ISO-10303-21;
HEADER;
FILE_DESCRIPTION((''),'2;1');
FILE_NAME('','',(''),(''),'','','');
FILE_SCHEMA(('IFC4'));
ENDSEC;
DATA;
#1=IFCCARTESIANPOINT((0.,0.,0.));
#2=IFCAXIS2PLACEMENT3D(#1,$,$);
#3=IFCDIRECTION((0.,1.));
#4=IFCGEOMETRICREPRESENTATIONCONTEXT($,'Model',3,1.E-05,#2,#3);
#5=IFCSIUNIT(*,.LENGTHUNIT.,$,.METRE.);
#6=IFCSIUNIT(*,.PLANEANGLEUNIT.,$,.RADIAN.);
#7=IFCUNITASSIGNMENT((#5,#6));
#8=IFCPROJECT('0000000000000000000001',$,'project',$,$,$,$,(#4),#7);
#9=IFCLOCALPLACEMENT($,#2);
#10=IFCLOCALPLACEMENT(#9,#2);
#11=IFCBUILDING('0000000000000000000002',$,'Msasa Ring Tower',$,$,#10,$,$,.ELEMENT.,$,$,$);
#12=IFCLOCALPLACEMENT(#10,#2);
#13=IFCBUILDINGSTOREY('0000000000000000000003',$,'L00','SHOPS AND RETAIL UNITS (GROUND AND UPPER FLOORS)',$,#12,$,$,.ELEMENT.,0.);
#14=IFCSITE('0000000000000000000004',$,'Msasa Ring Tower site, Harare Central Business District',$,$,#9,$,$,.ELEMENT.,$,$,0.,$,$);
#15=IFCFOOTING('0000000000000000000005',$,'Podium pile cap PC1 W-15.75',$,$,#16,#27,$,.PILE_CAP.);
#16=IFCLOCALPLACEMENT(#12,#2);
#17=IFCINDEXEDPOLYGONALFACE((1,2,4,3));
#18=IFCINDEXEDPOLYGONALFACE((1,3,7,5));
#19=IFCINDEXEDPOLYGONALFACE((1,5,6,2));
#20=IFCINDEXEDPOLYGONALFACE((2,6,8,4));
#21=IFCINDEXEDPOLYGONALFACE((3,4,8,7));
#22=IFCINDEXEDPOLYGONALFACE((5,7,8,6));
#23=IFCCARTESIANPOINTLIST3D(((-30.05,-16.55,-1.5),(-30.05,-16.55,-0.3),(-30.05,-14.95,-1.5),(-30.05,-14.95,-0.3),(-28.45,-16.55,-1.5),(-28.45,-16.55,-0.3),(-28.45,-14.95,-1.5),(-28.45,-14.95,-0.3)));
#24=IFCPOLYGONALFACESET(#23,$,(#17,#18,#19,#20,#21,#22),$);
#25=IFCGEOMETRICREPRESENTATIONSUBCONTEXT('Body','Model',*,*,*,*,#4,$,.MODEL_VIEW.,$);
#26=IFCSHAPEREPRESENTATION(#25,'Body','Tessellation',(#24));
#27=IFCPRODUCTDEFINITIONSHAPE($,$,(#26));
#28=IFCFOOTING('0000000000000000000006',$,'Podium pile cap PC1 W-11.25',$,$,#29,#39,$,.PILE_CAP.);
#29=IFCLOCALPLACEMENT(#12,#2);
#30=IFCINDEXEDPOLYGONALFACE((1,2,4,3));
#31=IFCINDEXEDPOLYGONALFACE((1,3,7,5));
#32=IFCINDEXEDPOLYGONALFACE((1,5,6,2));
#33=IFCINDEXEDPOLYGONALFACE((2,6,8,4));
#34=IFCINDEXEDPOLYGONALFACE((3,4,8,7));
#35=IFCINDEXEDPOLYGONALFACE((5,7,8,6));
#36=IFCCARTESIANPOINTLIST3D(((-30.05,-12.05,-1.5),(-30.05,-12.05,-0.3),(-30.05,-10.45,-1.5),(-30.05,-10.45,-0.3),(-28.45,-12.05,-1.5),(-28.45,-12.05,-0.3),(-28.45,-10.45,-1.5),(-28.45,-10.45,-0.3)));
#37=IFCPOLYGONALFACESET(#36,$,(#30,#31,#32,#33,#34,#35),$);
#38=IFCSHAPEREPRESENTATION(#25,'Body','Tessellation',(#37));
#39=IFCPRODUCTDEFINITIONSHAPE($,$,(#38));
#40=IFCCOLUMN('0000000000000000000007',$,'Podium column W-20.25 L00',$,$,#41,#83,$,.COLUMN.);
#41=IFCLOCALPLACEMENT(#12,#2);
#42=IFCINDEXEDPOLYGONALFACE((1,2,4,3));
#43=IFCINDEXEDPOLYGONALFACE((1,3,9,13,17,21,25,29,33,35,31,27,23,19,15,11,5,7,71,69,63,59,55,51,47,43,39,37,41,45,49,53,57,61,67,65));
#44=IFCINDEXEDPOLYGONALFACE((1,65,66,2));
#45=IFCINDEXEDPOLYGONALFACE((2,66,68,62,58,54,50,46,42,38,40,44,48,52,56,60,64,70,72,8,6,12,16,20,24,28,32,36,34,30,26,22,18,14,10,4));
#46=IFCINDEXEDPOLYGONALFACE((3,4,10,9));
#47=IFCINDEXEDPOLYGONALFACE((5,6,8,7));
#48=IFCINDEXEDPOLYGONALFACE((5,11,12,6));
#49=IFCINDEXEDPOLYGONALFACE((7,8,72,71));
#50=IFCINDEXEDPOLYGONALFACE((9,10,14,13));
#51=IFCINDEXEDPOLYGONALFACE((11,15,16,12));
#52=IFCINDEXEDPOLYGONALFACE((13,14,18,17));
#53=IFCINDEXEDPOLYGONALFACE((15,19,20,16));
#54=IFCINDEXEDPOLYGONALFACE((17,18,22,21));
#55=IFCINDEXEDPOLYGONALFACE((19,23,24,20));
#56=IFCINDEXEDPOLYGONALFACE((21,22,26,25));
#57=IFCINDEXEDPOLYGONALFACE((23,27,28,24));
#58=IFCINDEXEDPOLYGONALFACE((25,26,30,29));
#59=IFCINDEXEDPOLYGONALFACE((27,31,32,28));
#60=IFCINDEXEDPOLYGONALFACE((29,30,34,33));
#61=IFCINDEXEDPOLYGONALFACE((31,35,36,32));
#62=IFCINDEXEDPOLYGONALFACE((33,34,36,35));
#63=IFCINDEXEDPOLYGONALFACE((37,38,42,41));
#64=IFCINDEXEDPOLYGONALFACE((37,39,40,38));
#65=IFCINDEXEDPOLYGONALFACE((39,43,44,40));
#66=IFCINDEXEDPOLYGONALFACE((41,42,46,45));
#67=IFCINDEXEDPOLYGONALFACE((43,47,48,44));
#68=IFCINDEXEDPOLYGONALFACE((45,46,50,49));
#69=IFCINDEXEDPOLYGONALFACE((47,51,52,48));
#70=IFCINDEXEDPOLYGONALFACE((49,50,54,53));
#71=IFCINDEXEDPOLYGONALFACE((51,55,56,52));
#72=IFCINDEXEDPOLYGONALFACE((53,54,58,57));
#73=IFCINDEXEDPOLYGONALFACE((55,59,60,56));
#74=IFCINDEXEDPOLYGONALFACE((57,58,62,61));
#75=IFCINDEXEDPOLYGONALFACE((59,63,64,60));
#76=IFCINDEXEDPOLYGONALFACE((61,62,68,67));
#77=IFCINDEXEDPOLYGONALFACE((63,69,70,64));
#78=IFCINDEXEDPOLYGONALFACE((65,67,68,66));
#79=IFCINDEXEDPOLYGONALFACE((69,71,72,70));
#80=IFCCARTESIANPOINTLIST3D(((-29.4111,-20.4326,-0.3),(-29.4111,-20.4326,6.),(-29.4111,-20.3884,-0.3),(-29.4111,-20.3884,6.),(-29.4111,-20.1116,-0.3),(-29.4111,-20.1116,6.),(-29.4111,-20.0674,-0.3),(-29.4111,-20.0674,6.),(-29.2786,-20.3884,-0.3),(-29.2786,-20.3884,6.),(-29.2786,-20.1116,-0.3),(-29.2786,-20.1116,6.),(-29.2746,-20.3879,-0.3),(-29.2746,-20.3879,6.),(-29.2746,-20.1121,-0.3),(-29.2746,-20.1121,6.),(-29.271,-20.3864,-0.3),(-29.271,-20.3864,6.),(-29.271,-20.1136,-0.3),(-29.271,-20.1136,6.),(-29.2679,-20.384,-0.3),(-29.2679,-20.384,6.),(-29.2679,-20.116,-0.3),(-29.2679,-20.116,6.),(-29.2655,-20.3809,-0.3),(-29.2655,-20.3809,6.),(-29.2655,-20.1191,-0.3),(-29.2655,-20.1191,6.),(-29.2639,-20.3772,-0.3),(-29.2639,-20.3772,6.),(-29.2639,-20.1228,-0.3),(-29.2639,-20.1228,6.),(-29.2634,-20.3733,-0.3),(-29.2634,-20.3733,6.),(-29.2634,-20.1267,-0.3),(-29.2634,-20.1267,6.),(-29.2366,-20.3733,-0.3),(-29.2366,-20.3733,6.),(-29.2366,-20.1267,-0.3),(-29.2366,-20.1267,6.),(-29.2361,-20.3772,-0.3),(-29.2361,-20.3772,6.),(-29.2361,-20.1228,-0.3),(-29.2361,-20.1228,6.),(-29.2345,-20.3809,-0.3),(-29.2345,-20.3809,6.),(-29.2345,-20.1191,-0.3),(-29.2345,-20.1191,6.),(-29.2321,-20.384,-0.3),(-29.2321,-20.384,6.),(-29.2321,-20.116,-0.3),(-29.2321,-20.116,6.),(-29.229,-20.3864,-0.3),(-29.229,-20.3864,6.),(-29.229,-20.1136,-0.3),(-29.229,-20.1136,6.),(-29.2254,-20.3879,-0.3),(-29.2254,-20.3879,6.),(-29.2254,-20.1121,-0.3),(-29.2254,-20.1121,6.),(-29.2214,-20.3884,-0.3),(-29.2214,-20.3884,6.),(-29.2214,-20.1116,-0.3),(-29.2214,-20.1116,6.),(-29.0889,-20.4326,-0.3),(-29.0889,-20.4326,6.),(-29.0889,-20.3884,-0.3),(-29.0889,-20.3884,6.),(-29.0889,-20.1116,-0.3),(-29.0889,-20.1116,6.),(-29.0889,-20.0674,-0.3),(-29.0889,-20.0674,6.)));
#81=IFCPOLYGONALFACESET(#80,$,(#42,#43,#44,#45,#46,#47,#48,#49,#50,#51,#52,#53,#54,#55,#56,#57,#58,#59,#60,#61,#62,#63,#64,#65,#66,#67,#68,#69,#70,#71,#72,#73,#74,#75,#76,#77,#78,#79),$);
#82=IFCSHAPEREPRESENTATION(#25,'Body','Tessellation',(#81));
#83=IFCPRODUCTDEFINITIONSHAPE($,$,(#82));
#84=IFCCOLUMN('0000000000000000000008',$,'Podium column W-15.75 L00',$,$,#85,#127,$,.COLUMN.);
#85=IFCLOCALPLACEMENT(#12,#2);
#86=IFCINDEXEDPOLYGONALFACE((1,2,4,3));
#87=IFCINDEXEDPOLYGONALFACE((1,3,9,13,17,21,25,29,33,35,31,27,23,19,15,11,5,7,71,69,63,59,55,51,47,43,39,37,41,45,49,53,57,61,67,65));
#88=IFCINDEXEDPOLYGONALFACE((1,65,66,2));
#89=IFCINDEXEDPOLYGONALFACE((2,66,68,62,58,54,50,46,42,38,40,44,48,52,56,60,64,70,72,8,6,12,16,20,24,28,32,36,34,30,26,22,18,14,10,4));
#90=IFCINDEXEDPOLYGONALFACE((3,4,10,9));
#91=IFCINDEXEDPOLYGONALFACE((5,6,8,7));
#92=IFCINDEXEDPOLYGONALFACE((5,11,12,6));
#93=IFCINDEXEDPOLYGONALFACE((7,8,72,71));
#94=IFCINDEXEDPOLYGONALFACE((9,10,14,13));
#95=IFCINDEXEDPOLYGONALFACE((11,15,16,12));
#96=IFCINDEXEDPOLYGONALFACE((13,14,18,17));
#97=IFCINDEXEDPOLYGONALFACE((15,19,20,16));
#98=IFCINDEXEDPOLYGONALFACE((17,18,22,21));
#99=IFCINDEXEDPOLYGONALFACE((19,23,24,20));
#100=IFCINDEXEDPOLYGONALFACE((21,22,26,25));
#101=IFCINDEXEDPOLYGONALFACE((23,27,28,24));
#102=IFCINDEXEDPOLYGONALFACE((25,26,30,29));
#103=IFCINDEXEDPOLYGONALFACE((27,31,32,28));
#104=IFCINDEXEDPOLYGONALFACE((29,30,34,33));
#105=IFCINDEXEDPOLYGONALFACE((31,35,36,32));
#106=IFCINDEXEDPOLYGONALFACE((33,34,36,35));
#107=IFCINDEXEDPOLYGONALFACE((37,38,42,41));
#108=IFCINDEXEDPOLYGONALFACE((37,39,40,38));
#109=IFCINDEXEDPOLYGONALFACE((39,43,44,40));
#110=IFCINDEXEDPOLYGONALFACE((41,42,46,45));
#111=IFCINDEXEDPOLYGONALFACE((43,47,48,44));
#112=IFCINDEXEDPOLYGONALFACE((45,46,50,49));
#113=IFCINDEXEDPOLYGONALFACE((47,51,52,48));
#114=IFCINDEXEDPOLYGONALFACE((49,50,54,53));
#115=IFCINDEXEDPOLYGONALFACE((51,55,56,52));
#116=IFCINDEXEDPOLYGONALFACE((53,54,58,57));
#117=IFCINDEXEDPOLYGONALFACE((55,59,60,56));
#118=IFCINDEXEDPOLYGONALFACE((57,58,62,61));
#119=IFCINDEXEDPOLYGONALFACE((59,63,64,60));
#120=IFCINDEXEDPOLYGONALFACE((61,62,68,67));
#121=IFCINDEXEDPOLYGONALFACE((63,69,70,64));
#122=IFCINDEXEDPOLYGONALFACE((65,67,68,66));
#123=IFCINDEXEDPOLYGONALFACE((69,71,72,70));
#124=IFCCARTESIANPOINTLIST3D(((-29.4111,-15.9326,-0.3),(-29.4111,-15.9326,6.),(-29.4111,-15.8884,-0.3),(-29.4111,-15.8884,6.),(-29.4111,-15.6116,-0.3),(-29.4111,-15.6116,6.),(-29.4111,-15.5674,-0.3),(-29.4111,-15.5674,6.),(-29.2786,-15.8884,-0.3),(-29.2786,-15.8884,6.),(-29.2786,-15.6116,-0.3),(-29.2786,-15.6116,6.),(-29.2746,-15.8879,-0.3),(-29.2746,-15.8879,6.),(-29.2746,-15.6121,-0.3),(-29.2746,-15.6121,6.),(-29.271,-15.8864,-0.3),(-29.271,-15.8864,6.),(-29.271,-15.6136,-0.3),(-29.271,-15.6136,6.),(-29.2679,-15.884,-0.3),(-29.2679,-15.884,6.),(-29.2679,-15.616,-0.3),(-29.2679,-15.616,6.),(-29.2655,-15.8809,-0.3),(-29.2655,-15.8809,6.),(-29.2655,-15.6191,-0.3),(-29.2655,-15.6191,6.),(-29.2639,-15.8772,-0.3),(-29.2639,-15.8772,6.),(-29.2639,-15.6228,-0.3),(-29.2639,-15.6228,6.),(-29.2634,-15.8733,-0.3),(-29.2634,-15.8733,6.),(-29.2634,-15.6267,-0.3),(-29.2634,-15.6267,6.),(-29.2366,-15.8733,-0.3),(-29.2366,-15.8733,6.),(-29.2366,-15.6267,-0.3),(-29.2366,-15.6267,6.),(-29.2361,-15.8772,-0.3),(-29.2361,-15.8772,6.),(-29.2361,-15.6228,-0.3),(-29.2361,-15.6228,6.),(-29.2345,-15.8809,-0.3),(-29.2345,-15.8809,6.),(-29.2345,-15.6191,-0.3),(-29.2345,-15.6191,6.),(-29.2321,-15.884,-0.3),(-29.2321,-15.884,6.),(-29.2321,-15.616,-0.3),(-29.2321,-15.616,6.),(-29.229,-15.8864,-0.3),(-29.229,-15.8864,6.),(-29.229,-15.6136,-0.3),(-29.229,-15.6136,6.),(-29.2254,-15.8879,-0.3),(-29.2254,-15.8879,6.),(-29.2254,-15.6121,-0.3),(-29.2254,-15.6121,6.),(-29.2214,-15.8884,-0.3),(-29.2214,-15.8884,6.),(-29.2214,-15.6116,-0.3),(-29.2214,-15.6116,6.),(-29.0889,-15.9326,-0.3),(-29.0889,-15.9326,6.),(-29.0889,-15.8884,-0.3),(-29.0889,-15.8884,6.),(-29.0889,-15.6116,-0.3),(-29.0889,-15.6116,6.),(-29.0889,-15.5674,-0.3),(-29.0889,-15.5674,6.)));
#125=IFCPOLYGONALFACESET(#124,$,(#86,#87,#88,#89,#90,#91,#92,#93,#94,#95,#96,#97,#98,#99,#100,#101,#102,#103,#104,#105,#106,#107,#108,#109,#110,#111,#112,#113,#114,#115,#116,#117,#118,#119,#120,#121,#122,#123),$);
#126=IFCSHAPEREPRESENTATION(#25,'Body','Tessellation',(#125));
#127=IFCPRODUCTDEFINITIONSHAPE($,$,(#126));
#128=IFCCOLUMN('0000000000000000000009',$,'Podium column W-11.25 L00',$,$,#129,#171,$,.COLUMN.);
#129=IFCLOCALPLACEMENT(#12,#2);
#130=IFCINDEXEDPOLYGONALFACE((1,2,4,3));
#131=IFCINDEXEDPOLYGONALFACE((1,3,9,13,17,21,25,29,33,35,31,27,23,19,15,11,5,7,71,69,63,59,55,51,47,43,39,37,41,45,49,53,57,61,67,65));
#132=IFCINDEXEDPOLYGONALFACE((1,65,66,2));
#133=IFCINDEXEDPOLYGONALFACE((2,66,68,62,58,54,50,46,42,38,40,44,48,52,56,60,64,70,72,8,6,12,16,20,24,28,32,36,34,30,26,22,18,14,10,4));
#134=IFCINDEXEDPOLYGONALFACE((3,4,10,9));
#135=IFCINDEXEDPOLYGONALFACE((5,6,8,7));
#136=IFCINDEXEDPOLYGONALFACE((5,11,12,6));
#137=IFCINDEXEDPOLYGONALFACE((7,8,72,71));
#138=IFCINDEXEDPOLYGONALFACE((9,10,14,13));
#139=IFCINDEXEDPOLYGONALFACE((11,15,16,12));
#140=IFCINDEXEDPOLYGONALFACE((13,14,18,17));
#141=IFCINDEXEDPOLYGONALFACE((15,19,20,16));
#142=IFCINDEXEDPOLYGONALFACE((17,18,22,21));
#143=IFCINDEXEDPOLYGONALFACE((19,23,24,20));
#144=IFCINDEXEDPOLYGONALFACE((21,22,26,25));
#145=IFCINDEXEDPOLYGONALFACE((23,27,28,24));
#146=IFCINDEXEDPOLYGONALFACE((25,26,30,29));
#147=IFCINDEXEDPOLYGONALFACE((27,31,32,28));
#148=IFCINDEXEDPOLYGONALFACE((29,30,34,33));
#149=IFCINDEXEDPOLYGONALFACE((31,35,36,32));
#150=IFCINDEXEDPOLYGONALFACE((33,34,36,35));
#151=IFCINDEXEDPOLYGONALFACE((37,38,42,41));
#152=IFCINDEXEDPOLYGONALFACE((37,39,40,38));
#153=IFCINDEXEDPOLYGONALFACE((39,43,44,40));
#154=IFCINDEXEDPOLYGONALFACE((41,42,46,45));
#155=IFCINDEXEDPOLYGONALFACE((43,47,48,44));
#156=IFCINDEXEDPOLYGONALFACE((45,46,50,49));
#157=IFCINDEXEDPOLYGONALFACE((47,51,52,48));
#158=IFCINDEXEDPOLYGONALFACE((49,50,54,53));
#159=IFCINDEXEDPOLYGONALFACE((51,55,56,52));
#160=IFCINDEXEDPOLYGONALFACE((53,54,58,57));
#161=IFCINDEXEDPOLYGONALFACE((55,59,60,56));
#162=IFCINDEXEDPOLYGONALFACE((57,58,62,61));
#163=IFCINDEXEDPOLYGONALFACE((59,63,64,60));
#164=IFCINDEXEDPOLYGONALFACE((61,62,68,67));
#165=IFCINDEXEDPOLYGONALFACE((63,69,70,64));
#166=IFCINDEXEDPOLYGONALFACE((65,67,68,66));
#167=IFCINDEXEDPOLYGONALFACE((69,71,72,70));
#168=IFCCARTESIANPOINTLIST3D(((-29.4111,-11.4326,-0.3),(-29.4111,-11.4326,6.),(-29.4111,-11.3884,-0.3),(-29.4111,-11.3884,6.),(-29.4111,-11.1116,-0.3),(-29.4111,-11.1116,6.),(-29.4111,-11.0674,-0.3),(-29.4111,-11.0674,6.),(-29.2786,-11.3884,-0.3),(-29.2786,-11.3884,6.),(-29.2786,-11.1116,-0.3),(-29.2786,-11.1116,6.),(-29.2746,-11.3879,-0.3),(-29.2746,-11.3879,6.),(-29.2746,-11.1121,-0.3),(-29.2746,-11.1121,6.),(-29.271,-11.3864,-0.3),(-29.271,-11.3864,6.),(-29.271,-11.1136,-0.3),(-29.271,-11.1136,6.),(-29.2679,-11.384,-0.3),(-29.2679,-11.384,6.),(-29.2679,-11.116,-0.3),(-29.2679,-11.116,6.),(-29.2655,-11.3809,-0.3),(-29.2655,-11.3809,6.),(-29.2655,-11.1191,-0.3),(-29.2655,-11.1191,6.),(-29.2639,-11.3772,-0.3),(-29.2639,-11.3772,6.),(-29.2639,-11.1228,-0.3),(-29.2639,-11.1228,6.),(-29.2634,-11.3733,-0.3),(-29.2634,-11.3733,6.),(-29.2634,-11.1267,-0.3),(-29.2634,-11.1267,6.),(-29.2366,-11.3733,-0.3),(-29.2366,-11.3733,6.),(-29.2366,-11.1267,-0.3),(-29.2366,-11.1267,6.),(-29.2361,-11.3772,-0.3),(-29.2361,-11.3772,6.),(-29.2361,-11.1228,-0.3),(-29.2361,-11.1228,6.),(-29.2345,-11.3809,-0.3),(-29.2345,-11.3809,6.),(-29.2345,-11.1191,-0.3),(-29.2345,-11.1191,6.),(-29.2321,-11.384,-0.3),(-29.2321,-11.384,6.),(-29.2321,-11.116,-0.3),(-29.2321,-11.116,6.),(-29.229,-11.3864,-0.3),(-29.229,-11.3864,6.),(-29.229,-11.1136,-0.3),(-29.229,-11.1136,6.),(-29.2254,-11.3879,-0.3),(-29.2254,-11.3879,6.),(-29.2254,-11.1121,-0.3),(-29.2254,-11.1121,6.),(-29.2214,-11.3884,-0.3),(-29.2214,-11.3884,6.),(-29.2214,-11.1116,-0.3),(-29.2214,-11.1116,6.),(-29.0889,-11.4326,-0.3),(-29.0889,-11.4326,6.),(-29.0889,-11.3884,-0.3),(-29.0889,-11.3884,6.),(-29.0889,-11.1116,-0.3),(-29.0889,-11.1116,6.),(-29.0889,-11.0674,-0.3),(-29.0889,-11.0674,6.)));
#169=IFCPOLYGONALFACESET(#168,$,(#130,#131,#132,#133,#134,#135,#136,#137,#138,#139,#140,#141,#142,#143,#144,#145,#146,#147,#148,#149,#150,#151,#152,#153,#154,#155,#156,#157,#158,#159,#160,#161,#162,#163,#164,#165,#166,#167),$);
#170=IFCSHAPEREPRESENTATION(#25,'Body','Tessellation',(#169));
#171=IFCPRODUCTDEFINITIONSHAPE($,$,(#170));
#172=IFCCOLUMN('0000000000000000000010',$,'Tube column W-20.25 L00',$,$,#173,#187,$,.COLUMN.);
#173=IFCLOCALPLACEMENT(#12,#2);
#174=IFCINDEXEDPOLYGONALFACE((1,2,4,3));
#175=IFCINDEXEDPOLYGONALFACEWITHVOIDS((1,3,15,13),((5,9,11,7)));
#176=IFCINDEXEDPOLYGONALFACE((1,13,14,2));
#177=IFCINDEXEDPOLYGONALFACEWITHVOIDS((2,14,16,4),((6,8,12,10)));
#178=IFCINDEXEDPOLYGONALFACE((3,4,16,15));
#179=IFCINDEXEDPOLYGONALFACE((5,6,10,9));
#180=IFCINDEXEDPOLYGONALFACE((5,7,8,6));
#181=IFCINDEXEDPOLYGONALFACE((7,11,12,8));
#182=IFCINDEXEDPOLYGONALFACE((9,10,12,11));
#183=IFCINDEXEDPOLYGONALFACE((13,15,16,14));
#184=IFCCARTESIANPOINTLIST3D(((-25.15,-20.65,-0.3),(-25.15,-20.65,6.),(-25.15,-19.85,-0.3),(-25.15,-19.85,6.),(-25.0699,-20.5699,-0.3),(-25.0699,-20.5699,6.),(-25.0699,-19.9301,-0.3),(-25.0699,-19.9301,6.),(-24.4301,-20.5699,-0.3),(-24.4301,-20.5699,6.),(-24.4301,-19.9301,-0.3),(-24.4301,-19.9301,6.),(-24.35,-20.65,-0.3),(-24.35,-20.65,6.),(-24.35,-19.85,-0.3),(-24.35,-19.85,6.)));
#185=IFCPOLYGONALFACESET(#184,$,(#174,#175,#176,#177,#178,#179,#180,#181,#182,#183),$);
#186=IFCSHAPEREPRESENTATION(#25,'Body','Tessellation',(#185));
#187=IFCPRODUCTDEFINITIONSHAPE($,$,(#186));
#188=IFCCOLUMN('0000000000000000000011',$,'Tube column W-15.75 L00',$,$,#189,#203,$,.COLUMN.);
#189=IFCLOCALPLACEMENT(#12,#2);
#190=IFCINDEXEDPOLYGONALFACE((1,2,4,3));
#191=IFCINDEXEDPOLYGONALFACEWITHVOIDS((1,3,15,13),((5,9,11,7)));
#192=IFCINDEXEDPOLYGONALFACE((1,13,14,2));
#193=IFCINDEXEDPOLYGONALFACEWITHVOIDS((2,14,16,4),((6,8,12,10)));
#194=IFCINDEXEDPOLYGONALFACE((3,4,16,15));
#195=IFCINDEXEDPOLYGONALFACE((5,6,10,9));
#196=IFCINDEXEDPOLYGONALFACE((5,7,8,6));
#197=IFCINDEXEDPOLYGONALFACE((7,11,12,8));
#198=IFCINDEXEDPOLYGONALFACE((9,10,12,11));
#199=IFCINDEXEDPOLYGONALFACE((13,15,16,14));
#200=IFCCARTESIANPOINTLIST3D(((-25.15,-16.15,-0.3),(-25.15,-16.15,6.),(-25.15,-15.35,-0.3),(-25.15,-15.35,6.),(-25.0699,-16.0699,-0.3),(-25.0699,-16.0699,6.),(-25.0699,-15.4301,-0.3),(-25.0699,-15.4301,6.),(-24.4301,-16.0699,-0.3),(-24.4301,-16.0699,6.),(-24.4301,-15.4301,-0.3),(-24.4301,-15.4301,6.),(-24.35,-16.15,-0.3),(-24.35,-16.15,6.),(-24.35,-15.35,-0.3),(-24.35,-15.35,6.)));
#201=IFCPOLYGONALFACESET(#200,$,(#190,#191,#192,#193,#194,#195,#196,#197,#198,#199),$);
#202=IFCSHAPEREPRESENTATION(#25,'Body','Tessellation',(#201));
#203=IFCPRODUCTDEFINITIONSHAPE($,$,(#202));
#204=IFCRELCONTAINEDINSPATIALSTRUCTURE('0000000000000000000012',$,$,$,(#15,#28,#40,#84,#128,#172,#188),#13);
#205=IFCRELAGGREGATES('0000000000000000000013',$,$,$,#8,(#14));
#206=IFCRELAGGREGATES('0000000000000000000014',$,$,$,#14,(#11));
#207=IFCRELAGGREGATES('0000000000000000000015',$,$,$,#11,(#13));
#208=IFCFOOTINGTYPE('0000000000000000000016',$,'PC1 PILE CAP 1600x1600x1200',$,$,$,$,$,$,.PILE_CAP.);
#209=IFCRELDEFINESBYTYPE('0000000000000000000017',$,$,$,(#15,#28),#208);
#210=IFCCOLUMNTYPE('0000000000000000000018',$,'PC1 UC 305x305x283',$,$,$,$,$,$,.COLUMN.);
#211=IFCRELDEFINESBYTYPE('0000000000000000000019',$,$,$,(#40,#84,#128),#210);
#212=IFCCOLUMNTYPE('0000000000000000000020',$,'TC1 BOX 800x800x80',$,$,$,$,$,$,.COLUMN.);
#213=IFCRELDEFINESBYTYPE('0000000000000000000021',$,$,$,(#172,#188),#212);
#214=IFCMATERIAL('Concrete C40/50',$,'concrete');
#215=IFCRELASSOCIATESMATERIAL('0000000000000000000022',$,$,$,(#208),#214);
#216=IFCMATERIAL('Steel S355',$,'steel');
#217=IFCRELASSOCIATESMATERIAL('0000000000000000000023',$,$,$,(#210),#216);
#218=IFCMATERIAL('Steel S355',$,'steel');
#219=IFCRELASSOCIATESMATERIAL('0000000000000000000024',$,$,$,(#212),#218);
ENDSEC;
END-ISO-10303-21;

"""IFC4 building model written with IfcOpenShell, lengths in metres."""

from ifc_helpers import new_model, si_unit, direction, frame, origin, origin_2d, place, context, subcontext, project, spatial, rectangle, hollow_rectangle, i_section, extrude, material, material_profile, profile_set, type_object, element, save


model = new_model("IFC4")

# Units and contexts
model_context = context("Model", 3, precision=1e-05, world=origin(), true_north=direction((0.0, 1.0)))
body_context = subcontext(model_context, "Body", "Model", "MODEL_VIEW")
ifc_project = project(units=[si_unit("LENGTHUNIT", "METRE"), si_unit("PLANEANGLEUNIT", "RADIAN")], contexts=[model_context])

# Site, building, storey
site_placement = place(None, origin())
site = spatial("IfcSite", under=ifc_project, at=site_placement, Name="Msasa Ring Tower site, Harare Central Business District", CompositionType="ELEMENT", RefElevation=0.0)
building_placement = place(site_placement, origin())
building = spatial("IfcBuilding", under=site, at=building_placement, Name="Msasa Ring Tower", CompositionType="ELEMENT")
storey_placement = place(building_placement, origin())
storey = spatial("IfcBuildingStorey", under=building, at=storey_placement, Name="L00", Description="SHOPS AND RETAIL UNITS (GROUND AND UPPER FLOORS)", CompositionType="ELEMENT", Elevation=0.0)

# Footings
ifc_material_1 = material(Name="Concrete C40/50", Category="concrete")
footing_type = type_object("IfcFootingType", Name="PC1 PILE CAP 1600x1600x1200", PredefinedType="PILE_CAP", material=ifc_material_1)
for number, where, z_axis, x_axis, name in (
    (1, (-29.25, -15.75, -1.5), (0.0, 0.0, 1.0), (1.0, 0.0, 0.0), "Podium pile cap PC1 W-15.75"),
    (2, (-29.25, -11.25, -1.5), (0.0, 0.0, 1.0), (1.0, 0.0, 0.0), "Podium pile cap PC1 W-11.25"),
):
    element("IfcFooting", number, at=place(storey_placement, frame(where, z_axis=z_axis, x_axis=x_axis)), inside=storey, type_object=footing_type, Name=name, PredefinedType="PILE_CAP", context=body_context, shape_type="SweptSolid", body=[
        extrude(rectangle(XDim=1.6001, YDim=1.6001, at=origin_2d()), origin(), (0.0, 0.0, 1.0), 1.2),
    ])

# Columns
ifc_material_2 = material(Name="Steel S355", Category="steel")
ifc_material_profile_1 = material_profile(ifc_material_2, i_section(OverallWidth=0.3223, OverallDepth=0.3652, WebThickness=0.0269, FlangeThickness=0.0442, FilletRadius=0.0151, at=origin_2d()), Name="UC 305x305x283")
ifc_profile_set_1 = profile_set([ifc_material_profile_1], Name="Steel S355")
column_type_1 = type_object("IfcColumnType", Name="PC1 UC 305x305x283", PredefinedType="COLUMN", material=ifc_profile_set_1)
for number, where, z_axis, x_axis, name in (
    (3, (-29.25, -20.25, -0.3), (0.0, 0.0, 1.0), (1.0, 0.0, 0.0), "Podium column W-20.25 L00"),
    (4, (-29.25, -15.75, -0.3), (0.0, 0.0, 1.0), (1.0, 0.0, 0.0), "Podium column W-15.75 L00"),
    (5, (-29.25, -11.25, -0.3), (0.0, 0.0, 1.0), (1.0, 0.0, 0.0), "Podium column W-11.25 L00"),
):
    element("IfcColumn", number, at=place(storey_placement, frame(where, z_axis=z_axis, x_axis=x_axis)), inside=storey, type_object=column_type_1, Name=name, PredefinedType="COLUMN", context=body_context, shape_type="SweptSolid", body=[
        extrude(i_section(OverallWidth=0.3223, OverallDepth=0.3652, WebThickness=0.0269, FlangeThickness=0.0442, FilletRadius=0.0151, at=origin_2d()), origin(), (0.0, 0.0, 1.0), 6.3),
    ])
ifc_material_3 = material(Name="Steel S355", Category="steel")
ifc_material_profile_2 = material_profile(ifc_material_3, hollow_rectangle(XDim=0.8, YDim=0.8, WallThickness=0.0801, at=origin_2d()), Name="BOX 800x800x80")
ifc_profile_set_2 = profile_set([ifc_material_profile_2], Name="Steel S355")
column_type_2 = type_object("IfcColumnType", Name="TC1 BOX 800x800x80", PredefinedType="COLUMN", material=ifc_profile_set_2)
for number, where, z_axis, x_axis, name in (
    (6, (-24.75, -20.25, -0.3), (0.0, 0.0, 1.0), (1.0, 0.0, 0.0), "Tube column W-20.25 L00"),
    (7, (-24.75, -15.75, -0.3), (0.0, 0.0, 1.0), (1.0, 0.0, 0.0), "Tube column W-15.75 L00"),
):
    element("IfcColumn", number, at=place(storey_placement, frame(where, z_axis=z_axis, x_axis=x_axis)), inside=storey, type_object=column_type_2, Name=name, PredefinedType="COLUMN", context=body_context, shape_type="SweptSolid", body=[
        extrude(hollow_rectangle(XDim=0.8, YDim=0.8, WallThickness=0.0801, at=origin_2d()), origin(), (0.0, 0.0, 1.0), 6.3),
    ])

save(model, "model.ifc")
